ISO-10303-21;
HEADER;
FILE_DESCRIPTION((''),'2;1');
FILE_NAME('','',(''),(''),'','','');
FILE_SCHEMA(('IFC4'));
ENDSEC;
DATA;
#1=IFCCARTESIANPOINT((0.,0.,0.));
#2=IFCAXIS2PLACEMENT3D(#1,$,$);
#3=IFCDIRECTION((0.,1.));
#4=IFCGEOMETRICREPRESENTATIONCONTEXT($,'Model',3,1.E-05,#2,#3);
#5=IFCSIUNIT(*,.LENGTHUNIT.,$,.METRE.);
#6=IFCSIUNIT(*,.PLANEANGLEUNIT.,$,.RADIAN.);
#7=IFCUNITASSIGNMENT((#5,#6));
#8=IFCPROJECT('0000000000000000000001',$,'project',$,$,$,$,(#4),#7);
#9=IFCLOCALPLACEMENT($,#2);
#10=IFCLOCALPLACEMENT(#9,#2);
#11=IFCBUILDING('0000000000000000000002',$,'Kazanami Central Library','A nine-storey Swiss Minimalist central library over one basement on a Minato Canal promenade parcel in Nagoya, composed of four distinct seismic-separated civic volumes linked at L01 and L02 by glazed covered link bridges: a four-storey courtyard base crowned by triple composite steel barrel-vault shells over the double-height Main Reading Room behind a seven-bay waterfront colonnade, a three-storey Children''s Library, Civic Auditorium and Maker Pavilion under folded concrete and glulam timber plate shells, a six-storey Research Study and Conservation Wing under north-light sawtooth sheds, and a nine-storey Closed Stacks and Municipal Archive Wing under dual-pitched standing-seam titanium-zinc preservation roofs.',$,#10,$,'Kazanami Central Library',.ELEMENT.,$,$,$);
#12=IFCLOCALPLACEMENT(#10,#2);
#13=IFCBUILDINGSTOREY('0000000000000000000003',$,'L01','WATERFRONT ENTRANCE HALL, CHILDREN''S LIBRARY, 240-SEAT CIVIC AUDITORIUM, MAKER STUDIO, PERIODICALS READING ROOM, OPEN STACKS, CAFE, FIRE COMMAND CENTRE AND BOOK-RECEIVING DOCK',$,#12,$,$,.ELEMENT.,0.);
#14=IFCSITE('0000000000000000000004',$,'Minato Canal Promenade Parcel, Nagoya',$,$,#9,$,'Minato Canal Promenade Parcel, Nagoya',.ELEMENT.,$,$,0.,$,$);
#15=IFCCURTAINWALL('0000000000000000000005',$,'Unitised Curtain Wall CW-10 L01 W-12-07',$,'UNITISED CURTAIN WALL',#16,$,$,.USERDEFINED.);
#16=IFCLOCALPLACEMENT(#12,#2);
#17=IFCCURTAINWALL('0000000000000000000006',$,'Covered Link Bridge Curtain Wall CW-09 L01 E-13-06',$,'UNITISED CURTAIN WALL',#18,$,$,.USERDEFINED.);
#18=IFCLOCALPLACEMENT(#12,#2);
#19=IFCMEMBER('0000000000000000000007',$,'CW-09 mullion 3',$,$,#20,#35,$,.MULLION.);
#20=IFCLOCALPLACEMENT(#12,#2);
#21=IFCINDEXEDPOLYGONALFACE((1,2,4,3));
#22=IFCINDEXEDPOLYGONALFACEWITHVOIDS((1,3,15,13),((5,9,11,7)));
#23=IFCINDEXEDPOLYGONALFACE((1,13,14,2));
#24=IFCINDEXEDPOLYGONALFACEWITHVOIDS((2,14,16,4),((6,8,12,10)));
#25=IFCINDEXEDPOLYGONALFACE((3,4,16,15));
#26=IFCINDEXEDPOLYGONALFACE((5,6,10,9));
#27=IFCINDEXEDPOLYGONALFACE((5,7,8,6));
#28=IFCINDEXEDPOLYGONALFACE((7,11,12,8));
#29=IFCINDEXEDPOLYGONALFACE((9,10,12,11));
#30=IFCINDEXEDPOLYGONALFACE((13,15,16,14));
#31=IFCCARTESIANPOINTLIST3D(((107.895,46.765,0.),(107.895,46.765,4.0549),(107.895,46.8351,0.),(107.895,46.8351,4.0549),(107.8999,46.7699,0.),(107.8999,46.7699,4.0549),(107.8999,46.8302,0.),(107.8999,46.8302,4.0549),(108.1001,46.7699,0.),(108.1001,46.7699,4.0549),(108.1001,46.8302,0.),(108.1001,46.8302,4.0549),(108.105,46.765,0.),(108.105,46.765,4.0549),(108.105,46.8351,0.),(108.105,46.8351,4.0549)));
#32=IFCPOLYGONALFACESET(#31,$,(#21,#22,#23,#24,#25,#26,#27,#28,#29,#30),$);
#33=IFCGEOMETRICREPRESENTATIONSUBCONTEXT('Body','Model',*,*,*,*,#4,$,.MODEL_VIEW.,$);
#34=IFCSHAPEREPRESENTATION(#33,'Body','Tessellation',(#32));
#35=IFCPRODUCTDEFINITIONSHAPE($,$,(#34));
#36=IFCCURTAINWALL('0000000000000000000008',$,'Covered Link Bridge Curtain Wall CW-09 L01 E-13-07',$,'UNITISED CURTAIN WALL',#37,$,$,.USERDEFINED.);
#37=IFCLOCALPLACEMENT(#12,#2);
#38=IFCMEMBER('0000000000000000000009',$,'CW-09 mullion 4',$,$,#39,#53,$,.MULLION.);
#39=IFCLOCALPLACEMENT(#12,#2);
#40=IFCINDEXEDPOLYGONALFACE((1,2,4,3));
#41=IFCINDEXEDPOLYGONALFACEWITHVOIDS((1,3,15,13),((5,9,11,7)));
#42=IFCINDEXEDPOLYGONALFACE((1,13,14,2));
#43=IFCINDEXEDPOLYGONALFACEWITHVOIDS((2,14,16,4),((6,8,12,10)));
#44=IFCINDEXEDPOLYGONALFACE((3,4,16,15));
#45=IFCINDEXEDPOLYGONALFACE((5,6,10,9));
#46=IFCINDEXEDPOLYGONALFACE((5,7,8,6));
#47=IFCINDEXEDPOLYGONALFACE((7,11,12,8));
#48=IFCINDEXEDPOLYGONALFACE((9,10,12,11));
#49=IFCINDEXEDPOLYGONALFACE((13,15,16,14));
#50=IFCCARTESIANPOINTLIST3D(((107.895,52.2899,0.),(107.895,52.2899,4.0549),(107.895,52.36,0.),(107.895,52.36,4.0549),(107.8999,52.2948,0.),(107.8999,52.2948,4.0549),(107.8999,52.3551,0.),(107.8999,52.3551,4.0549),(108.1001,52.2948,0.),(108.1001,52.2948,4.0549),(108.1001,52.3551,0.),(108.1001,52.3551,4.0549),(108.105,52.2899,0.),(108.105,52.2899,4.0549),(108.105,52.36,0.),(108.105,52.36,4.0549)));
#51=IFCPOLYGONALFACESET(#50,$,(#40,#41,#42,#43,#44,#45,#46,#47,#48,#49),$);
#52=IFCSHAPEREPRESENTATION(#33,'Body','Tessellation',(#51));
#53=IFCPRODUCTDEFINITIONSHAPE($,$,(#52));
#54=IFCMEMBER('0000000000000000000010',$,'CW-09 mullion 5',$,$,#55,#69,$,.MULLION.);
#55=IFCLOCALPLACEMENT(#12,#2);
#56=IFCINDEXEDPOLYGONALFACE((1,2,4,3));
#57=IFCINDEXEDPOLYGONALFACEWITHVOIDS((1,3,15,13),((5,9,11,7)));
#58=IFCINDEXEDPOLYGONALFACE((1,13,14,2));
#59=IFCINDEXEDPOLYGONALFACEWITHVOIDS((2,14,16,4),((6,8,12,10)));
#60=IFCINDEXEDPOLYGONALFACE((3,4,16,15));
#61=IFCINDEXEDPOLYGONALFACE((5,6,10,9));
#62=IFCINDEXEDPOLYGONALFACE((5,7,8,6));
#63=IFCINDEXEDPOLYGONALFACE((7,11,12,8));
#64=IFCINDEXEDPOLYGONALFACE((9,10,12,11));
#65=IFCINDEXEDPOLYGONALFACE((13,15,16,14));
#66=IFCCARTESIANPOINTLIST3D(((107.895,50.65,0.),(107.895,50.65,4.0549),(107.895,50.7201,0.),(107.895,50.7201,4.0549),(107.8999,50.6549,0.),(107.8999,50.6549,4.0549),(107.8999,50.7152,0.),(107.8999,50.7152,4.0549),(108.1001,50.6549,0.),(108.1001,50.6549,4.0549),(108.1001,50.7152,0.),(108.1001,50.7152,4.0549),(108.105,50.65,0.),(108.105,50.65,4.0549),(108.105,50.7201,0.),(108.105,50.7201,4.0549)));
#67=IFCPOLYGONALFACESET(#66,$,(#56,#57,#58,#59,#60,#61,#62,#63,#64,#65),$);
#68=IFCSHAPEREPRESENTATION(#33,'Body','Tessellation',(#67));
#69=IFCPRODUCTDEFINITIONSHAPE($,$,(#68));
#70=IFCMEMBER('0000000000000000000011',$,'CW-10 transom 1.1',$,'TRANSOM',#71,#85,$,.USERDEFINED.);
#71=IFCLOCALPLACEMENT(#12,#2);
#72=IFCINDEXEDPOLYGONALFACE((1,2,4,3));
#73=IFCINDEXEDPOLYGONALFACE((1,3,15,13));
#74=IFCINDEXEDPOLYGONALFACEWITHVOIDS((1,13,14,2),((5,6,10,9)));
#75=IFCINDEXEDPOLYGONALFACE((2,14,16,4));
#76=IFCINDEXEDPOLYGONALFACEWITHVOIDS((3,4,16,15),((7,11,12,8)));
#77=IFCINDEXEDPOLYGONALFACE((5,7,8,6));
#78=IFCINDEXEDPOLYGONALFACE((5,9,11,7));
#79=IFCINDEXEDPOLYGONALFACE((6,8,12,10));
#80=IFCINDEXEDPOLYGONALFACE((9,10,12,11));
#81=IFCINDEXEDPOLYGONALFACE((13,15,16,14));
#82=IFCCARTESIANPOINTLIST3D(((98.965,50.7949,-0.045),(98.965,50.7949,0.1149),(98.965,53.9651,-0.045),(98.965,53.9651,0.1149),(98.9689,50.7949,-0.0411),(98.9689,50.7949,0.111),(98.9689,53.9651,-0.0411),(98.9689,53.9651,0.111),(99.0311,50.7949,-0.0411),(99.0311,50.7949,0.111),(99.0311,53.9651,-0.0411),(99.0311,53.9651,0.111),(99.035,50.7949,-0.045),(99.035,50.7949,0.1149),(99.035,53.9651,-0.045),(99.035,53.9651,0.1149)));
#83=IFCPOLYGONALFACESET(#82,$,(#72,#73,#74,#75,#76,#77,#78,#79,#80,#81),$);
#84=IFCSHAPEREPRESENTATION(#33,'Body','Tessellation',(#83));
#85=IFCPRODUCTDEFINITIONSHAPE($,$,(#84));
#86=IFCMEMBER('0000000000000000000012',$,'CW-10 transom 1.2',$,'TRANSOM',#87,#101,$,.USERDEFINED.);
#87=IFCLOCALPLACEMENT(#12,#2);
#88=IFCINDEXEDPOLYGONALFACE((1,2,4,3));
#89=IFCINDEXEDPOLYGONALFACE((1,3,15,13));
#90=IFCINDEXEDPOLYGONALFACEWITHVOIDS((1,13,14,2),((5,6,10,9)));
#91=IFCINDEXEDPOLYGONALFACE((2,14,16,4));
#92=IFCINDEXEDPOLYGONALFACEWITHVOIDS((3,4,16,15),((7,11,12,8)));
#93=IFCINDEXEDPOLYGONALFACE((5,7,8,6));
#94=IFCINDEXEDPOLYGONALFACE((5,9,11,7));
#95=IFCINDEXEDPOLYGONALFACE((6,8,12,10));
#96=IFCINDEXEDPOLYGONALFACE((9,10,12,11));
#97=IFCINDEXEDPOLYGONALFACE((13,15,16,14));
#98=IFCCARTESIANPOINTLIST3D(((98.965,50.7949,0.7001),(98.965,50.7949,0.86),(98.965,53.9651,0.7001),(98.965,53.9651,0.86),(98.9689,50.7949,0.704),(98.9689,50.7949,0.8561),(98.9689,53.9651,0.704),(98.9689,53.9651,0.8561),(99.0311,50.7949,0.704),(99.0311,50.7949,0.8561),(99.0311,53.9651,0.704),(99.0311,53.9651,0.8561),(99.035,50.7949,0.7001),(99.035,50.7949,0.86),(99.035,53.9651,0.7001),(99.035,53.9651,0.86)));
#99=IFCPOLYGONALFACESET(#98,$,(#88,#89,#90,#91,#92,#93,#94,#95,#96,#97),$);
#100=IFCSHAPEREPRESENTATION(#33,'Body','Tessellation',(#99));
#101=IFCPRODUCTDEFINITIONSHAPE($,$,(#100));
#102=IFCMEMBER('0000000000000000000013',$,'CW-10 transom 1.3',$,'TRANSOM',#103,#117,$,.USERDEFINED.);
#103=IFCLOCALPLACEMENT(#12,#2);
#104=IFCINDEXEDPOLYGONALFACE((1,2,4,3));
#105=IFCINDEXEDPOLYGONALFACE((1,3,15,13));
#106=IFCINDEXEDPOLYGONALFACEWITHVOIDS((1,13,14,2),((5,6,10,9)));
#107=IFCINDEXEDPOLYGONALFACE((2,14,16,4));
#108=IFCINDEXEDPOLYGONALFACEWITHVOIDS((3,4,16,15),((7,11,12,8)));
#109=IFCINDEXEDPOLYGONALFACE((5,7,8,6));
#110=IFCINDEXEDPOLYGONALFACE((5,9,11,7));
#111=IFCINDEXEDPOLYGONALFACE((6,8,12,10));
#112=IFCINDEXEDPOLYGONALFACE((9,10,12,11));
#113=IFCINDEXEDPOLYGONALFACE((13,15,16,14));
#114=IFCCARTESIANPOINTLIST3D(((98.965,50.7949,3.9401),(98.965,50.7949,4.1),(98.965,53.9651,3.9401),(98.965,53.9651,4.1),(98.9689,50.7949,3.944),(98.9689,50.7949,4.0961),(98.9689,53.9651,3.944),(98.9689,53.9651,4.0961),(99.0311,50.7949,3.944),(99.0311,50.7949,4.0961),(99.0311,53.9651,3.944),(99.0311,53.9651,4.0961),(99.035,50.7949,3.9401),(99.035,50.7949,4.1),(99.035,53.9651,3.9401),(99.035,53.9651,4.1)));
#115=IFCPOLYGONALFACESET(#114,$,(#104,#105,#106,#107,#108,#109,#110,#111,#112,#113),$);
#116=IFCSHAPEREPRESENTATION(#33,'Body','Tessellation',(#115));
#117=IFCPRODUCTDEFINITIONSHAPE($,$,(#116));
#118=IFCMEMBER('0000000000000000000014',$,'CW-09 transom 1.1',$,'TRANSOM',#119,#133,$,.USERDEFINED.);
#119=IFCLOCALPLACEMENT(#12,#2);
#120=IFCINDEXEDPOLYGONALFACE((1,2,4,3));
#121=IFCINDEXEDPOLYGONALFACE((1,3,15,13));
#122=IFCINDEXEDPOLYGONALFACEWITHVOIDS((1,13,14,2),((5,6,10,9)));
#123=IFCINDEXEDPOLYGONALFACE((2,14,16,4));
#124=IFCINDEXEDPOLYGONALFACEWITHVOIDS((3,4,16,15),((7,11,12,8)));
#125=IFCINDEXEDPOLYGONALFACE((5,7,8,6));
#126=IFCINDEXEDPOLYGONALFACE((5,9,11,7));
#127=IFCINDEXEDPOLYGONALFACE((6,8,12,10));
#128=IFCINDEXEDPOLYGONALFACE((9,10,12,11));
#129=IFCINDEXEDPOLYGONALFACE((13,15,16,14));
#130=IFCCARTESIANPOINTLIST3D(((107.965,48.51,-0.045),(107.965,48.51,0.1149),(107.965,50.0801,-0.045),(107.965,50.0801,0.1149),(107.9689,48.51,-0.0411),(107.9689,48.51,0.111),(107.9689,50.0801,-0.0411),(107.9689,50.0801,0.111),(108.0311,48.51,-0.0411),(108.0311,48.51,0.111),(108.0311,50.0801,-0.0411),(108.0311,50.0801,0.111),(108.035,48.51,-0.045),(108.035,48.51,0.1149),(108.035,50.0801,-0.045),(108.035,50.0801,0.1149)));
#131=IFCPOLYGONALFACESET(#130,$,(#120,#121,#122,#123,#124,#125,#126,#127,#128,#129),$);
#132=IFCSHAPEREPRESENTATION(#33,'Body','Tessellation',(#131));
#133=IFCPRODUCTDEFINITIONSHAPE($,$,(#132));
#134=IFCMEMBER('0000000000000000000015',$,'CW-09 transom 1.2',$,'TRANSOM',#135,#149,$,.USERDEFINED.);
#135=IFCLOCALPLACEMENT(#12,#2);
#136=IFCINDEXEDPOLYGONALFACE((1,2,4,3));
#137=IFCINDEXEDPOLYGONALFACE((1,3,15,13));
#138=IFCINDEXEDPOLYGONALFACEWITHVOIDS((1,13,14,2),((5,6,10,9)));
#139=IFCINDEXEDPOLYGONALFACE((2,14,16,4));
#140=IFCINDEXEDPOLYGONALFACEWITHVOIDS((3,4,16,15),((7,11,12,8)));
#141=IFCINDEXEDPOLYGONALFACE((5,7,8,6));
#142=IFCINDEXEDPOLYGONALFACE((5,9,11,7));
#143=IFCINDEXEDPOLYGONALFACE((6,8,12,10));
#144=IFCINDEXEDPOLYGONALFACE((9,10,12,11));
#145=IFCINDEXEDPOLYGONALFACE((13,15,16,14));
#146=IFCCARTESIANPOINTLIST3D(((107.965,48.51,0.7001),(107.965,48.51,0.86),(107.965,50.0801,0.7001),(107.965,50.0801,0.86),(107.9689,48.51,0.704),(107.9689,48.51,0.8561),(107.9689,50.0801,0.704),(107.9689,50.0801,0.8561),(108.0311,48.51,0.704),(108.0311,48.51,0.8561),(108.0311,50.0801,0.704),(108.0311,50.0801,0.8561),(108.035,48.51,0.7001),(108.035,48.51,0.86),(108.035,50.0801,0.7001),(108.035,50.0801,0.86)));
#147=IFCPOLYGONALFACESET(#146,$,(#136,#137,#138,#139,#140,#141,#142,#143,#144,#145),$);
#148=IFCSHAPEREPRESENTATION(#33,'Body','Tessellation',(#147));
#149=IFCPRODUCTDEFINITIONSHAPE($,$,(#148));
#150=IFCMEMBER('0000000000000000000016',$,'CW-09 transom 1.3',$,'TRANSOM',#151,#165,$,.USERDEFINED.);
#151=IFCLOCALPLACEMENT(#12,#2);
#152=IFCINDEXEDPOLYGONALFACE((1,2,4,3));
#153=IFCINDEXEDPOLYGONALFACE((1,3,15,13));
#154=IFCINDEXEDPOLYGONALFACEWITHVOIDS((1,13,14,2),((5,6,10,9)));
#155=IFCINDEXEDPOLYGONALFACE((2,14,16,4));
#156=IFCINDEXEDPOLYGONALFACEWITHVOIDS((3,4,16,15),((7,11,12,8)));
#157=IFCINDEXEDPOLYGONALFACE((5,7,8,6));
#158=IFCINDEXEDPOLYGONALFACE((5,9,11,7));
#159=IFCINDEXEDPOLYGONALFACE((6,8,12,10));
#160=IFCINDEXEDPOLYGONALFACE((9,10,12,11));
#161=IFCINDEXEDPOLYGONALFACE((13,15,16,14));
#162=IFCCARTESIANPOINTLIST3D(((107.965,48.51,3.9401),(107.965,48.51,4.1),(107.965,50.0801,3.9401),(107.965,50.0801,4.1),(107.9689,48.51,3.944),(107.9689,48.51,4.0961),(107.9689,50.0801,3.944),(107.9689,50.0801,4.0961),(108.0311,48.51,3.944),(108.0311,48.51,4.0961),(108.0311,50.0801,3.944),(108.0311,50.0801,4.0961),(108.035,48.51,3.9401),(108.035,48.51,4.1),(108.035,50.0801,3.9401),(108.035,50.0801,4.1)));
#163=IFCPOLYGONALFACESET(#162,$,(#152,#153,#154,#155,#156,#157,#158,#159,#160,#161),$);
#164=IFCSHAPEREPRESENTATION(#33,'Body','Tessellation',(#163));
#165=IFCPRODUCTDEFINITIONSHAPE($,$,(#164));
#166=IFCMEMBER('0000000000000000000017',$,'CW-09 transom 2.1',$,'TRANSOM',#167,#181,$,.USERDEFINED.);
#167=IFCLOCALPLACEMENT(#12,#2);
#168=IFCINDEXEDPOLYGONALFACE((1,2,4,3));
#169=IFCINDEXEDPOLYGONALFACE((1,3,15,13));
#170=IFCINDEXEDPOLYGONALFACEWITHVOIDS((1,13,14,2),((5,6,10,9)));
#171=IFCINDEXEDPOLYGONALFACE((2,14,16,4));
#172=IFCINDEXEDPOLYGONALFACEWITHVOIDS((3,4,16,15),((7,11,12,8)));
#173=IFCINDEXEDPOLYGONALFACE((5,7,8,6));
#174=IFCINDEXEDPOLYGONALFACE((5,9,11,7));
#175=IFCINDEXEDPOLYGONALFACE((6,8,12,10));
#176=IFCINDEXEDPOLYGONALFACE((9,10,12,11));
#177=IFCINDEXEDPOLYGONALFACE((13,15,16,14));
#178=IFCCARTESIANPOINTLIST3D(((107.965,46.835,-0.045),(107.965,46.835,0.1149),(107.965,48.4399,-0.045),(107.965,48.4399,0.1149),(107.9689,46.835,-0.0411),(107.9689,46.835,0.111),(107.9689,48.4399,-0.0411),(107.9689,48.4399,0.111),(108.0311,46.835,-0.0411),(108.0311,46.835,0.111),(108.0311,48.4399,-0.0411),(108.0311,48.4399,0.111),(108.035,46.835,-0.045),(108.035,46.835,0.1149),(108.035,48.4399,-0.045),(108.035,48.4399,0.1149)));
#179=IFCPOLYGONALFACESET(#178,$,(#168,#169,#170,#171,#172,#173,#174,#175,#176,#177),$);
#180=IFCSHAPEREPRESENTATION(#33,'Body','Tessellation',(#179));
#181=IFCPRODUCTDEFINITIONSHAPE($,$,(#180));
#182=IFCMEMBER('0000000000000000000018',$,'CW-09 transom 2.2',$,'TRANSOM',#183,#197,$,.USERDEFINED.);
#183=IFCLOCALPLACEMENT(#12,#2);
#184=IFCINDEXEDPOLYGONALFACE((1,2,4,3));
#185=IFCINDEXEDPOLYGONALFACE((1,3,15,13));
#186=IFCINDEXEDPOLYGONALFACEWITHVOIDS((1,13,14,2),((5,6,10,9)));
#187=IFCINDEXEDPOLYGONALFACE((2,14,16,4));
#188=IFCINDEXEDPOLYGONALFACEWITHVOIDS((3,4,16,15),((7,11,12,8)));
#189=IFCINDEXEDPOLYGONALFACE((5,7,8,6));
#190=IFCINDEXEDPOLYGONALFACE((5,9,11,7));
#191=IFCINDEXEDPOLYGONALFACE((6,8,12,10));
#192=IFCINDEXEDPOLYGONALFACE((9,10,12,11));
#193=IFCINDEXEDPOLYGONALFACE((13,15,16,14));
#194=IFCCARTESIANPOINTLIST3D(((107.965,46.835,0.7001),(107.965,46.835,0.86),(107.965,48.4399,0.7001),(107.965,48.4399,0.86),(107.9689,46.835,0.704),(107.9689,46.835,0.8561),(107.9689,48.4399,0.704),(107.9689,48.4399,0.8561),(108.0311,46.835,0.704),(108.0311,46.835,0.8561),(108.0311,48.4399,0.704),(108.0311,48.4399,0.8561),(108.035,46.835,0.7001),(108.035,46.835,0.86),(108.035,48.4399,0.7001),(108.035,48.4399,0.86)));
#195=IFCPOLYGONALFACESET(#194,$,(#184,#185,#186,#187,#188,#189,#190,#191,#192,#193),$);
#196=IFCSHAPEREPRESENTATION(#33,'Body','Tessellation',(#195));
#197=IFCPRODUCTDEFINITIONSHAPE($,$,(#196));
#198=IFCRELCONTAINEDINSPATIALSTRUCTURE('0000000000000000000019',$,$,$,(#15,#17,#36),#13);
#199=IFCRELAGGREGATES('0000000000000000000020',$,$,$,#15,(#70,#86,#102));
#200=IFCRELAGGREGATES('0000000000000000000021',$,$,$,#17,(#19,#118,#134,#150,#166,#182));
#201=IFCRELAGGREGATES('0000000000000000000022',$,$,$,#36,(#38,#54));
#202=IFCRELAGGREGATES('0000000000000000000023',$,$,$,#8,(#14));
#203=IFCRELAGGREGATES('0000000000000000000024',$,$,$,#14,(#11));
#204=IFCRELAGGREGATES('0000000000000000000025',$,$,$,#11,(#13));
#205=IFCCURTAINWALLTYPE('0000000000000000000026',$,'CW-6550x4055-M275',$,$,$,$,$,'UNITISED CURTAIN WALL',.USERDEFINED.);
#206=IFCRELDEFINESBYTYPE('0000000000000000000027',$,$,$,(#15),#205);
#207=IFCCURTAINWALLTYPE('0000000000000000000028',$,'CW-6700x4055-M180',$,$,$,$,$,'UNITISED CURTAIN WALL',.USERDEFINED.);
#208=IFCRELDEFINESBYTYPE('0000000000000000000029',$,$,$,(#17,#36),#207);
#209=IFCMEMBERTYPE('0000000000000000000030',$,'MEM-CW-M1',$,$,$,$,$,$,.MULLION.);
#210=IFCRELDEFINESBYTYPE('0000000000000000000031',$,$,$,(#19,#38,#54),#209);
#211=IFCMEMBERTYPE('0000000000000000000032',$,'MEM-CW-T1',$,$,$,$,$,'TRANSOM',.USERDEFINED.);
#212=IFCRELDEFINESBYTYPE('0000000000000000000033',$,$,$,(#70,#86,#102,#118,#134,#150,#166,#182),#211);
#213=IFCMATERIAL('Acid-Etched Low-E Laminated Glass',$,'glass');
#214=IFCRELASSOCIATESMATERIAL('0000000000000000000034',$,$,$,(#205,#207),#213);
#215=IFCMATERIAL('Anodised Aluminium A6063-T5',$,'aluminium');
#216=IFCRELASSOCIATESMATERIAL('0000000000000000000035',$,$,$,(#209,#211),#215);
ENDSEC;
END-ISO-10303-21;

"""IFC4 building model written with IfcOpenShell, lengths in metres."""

from ifc_helpers import new_model, si_unit, direction, frame, origin, origin_2d, place, context, subcontext, project, spatial, hollow_rectangle, extrude, material, material_profile, profile_set, type_object, element, aggregate, save


model = new_model("IFC4")

# Units and contexts
model_context = context("Model", 3, precision=1e-05, world=origin(), true_north=direction((0.0, 1.0)))
body_context = subcontext(model_context, "Body", "Model", "MODEL_VIEW")
ifc_project = project(units=[si_unit("LENGTHUNIT", "METRE"), si_unit("PLANEANGLEUNIT", "RADIAN")], contexts=[model_context])

# Site, building, storey
site_placement = place(None, origin())
site = spatial("IfcSite", under=ifc_project, at=site_placement, Name="Minato Canal Promenade Parcel, Nagoya", LongName="Minato Canal Promenade Parcel, Nagoya", CompositionType="ELEMENT", RefElevation=0.0)
building_placement = place(site_placement, origin())
building = spatial("IfcBuilding", under=site, at=building_placement, Name="Kazanami Central Library", Description="A nine-storey Swiss Minimalist central library over one basement on a Minato Canal promenade parcel in Nagoya, composed of four distinct seismic-separated civic volumes linked at L01 and L02 by glazed covered link bridges: a four-storey courtyard base crowned by triple composite steel barrel-vault shells over the double-height Main Reading Room behind a seven-bay waterfront colonnade, a three-storey Children's Library, Civic Auditorium and Maker Pavilion under folded concrete and glulam timber plate shells, a six-storey Research Study and Conservation Wing under north-light sawtooth sheds, and a nine-storey Closed Stacks and Municipal Archive Wing under dual-pitched standing-seam titanium-zinc preservation roofs.", LongName="Kazanami Central Library", CompositionType="ELEMENT")
storey_placement = place(building_placement, origin())
storey = spatial("IfcBuildingStorey", under=building, at=storey_placement, Name="L01", Description="WATERFRONT ENTRANCE HALL, CHILDREN'S LIBRARY, 240-SEAT CIVIC AUDITORIUM, MAKER STUDIO, PERIODICALS READING ROOM, OPEN STACKS, CAFE, FIRE COMMAND CENTRE AND BOOK-RECEIVING DOCK", CompositionType="ELEMENT", Elevation=0.0)

# Curtain wall
ifc_material_1 = material(Name="Acid-Etched Low-E Laminated Glass", Category="glass")
curtain_wall_type_1 = type_object("IfcCurtainWallType", Name="CW-6550x4055-M275", ElementType="UNITISED CURTAIN WALL", PredefinedType="USERDEFINED", material=ifc_material_1)
curtain_wall_1_placement = place(storey_placement, origin())
curtain_wall_1 = element("IfcCurtainWall", 1, at=curtain_wall_1_placement, inside=storey, type_object=curtain_wall_type_1, Name="Unitised Curtain Wall CW-10 L01 W-12-07", ObjectType="UNITISED CURTAIN WALL", PredefinedType="USERDEFINED")
ifc_material_2 = material(Name="Anodised Aluminium A6063-T5", Category="aluminium")
ifc_material_profile_1 = material_profile(ifc_material_2, hollow_rectangle(XDim=0.0701, YDim=0.21, WallThickness=0.0049, at=origin_2d()), Name="ALU-MULL-70x210x5")
ifc_profile_set_1 = profile_set([ifc_material_profile_1], Name="Anodised Aluminium A6063-T5")
member_type_1 = type_object("IfcMemberType", Name="MEM-CW-M1", PredefinedType="MULLION", material=ifc_profile_set_1)

# Curtain walls, members
curtain_wall_type_2 = type_object("IfcCurtainWallType", Name="CW-6700x4055-M180", ElementType="UNITISED CURTAIN WALL", PredefinedType="USERDEFINED", material=ifc_material_1)
curtain_wall_2_placement = place(storey_placement, origin())
curtain_wall_2 = element("IfcCurtainWall", 2, at=curtain_wall_2_placement, inside=storey, type_object=curtain_wall_type_2, Name="Covered Link Bridge Curtain Wall CW-09 L01 E-13-06", ObjectType="UNITISED CURTAIN WALL", PredefinedType="USERDEFINED")
member_1_placement = place(storey_placement, frame((108.0, 46.8, 0.0), z_axis=(0.0, 0.0, 1.0), x_axis=(0.0, -1.0, 0.0)))
member_1 = element("IfcMember", 3, at=member_1_placement, type_object=member_type_1, Name="CW-09 mullion 3", PredefinedType="MULLION", context=body_context, shape_type="SweptSolid", body=[
    extrude(hollow_rectangle(XDim=0.0701, YDim=0.21, WallThickness=0.0049, at=origin_2d()), origin(), (0.0, 0.0, 1.0), 4.0549),
])
curtain_wall_3_placement = place(storey_placement, origin())
curtain_wall_3 = element("IfcCurtainWall", 4, at=curtain_wall_3_placement, inside=storey, type_object=curtain_wall_type_2, Name="Covered Link Bridge Curtain Wall CW-09 L01 E-13-07", ObjectType="UNITISED CURTAIN WALL", PredefinedType="USERDEFINED")
member_2_placement = place(storey_placement, frame((108.0, 52.325, 0.0), z_axis=(0.0, 0.0, 1.0), x_axis=(0.0, -1.0, 0.0)))
member_2 = element("IfcMember", 5, at=member_2_placement, type_object=member_type_1, Name="CW-09 mullion 4", PredefinedType="MULLION", context=body_context, shape_type="SweptSolid", body=[
    extrude(hollow_rectangle(XDim=0.0701, YDim=0.21, WallThickness=0.0049, at=origin_2d()), origin(), (0.0, 0.0, 1.0), 4.0549),
])
member_3_placement = place(storey_placement, frame((108.0, 50.6851, 0.0), z_axis=(0.0, 0.0, 1.0), x_axis=(0.0, -1.0, 0.0)))
member_3 = element("IfcMember", 6, at=member_3_placement, type_object=member_type_1, Name="CW-09 mullion 5", PredefinedType="MULLION", context=body_context, shape_type="SweptSolid", body=[
    extrude(hollow_rectangle(XDim=0.0701, YDim=0.21, WallThickness=0.0049, at=origin_2d()), origin(), (0.0, 0.0, 1.0), 4.0549),
])

# Members
ifc_material_profile_2 = material_profile(ifc_material_2, hollow_rectangle(XDim=0.0701, YDim=0.1599, WallThickness=0.0039, at=origin_2d()), Name="ALU-TRAN-70x160x4")
ifc_profile_set_2 = profile_set([ifc_material_profile_2], Name="Anodised Aluminium A6063-T5")
member_type_2 = type_object("IfcMemberType", Name="MEM-CW-T1", ElementType="TRANSOM", PredefinedType="USERDEFINED", material=ifc_profile_set_2)
member_4_placement = place(storey_placement, frame((99.0, 50.7949, 0.0349), z_axis=(0.0, 1.0, 0.0), x_axis=(-1.0, 0.0, 0.0)))
member_4 = element("IfcMember", 7, at=member_4_placement, type_object=member_type_2, Name="CW-10 transom 1.1", ObjectType="TRANSOM", PredefinedType="USERDEFINED", context=body_context, shape_type="SweptSolid", body=[
    extrude(hollow_rectangle(XDim=0.0701, YDim=0.1599, WallThickness=0.0039, at=origin_2d()), origin(), (0.0, 0.0, 1.0), 3.1702),
])
member_5_placement = place(storey_placement, frame((99.0, 50.7949, 0.78), z_axis=(0.0, 1.0, 0.0), x_axis=(-1.0, 0.0, 0.0)))
member_5 = element("IfcMember", 8, at=member_5_placement, type_object=member_type_2, Name="CW-10 transom 1.2", ObjectType="TRANSOM", PredefinedType="USERDEFINED", context=body_context, shape_type="SweptSolid", body=[
    extrude(hollow_rectangle(XDim=0.0701, YDim=0.1599, WallThickness=0.0039, at=origin_2d()), origin(), (0.0, 0.0, 1.0), 3.1702),
])
member_6_placement = place(storey_placement, frame((99.0, 50.7949, 4.02), z_axis=(0.0, 1.0, 0.0), x_axis=(-1.0, 0.0, 0.0)))
member_6 = element("IfcMember", 9, at=member_6_placement, type_object=member_type_2, Name="CW-10 transom 1.3", ObjectType="TRANSOM", PredefinedType="USERDEFINED", context=body_context, shape_type="SweptSolid", body=[
    extrude(hollow_rectangle(XDim=0.0701, YDim=0.1599, WallThickness=0.0039, at=origin_2d()), origin(), (0.0, 0.0, 1.0), 3.1702),
])
member_7_placement = place(storey_placement, frame((108.0, 50.0801, 0.0349), z_axis=(0.0, -1.0, 0.0), x_axis=(1.0, 0.0, 0.0)))
member_7 = element("IfcMember", 10, at=member_7_placement, type_object=member_type_2, Name="CW-09 transom 1.1", ObjectType="TRANSOM", PredefinedType="USERDEFINED", context=body_context, shape_type="SweptSolid", body=[
    extrude(hollow_rectangle(XDim=0.0701, YDim=0.1599, WallThickness=0.0039, at=origin_2d()), origin(), (0.0, 0.0, 1.0), 1.5701),
])
member_8_placement = place(storey_placement, frame((108.0, 50.0801, 0.78), z_axis=(0.0, -1.0, 0.0), x_axis=(1.0, 0.0, 0.0)))
member_8 = element("IfcMember", 11, at=member_8_placement, type_object=member_type_2, Name="CW-09 transom 1.2", ObjectType="TRANSOM", PredefinedType="USERDEFINED", context=body_context, shape_type="SweptSolid", body=[
    extrude(hollow_rectangle(XDim=0.0701, YDim=0.1599, WallThickness=0.0039, at=origin_2d()), origin(), (0.0, 0.0, 1.0), 1.5701),
])
member_9_placement = place(storey_placement, frame((108.0, 50.0801, 4.02), z_axis=(0.0, -1.0, 0.0), x_axis=(1.0, 0.0, 0.0)))
member_9 = element("IfcMember", 12, at=member_9_placement, type_object=member_type_2, Name="CW-09 transom 1.3", ObjectType="TRANSOM", PredefinedType="USERDEFINED", context=body_context, shape_type="SweptSolid", body=[
    extrude(hollow_rectangle(XDim=0.0701, YDim=0.1599, WallThickness=0.0039, at=origin_2d()), origin(), (0.0, 0.0, 1.0), 1.5701),
])
member_10_placement = place(storey_placement, frame((108.0, 48.4399, 0.0349), z_axis=(0.0, -1.0, 0.0), x_axis=(1.0, 0.0, 0.0)))
member_10 = element("IfcMember", 13, at=member_10_placement, type_object=member_type_2, Name="CW-09 transom 2.1", ObjectType="TRANSOM", PredefinedType="USERDEFINED", context=body_context, shape_type="SweptSolid", body=[
    extrude(hollow_rectangle(XDim=0.0701, YDim=0.1599, WallThickness=0.0039, at=origin_2d()), origin(), (0.0, 0.0, 1.0), 1.605),
])
member_11_placement = place(storey_placement, frame((108.0, 48.4399, 0.78), z_axis=(0.0, -1.0, 0.0), x_axis=(1.0, 0.0, 0.0)))
member_11 = element("IfcMember", 14, at=member_11_placement, type_object=member_type_2, Name="CW-09 transom 2.2", ObjectType="TRANSOM", PredefinedType="USERDEFINED", context=body_context, shape_type="SweptSolid", body=[
    extrude(hollow_rectangle(XDim=0.0701, YDim=0.1599, WallThickness=0.0039, at=origin_2d()), origin(), (0.0, 0.0, 1.0), 1.605),
])

aggregate(curtain_wall_1, [member_4, member_5, member_6])
aggregate(curtain_wall_2, [member_1, member_7, member_8, member_9, member_10, member_11])
aggregate(curtain_wall_3, [member_2, member_3])

save(model, "model.ifc")
